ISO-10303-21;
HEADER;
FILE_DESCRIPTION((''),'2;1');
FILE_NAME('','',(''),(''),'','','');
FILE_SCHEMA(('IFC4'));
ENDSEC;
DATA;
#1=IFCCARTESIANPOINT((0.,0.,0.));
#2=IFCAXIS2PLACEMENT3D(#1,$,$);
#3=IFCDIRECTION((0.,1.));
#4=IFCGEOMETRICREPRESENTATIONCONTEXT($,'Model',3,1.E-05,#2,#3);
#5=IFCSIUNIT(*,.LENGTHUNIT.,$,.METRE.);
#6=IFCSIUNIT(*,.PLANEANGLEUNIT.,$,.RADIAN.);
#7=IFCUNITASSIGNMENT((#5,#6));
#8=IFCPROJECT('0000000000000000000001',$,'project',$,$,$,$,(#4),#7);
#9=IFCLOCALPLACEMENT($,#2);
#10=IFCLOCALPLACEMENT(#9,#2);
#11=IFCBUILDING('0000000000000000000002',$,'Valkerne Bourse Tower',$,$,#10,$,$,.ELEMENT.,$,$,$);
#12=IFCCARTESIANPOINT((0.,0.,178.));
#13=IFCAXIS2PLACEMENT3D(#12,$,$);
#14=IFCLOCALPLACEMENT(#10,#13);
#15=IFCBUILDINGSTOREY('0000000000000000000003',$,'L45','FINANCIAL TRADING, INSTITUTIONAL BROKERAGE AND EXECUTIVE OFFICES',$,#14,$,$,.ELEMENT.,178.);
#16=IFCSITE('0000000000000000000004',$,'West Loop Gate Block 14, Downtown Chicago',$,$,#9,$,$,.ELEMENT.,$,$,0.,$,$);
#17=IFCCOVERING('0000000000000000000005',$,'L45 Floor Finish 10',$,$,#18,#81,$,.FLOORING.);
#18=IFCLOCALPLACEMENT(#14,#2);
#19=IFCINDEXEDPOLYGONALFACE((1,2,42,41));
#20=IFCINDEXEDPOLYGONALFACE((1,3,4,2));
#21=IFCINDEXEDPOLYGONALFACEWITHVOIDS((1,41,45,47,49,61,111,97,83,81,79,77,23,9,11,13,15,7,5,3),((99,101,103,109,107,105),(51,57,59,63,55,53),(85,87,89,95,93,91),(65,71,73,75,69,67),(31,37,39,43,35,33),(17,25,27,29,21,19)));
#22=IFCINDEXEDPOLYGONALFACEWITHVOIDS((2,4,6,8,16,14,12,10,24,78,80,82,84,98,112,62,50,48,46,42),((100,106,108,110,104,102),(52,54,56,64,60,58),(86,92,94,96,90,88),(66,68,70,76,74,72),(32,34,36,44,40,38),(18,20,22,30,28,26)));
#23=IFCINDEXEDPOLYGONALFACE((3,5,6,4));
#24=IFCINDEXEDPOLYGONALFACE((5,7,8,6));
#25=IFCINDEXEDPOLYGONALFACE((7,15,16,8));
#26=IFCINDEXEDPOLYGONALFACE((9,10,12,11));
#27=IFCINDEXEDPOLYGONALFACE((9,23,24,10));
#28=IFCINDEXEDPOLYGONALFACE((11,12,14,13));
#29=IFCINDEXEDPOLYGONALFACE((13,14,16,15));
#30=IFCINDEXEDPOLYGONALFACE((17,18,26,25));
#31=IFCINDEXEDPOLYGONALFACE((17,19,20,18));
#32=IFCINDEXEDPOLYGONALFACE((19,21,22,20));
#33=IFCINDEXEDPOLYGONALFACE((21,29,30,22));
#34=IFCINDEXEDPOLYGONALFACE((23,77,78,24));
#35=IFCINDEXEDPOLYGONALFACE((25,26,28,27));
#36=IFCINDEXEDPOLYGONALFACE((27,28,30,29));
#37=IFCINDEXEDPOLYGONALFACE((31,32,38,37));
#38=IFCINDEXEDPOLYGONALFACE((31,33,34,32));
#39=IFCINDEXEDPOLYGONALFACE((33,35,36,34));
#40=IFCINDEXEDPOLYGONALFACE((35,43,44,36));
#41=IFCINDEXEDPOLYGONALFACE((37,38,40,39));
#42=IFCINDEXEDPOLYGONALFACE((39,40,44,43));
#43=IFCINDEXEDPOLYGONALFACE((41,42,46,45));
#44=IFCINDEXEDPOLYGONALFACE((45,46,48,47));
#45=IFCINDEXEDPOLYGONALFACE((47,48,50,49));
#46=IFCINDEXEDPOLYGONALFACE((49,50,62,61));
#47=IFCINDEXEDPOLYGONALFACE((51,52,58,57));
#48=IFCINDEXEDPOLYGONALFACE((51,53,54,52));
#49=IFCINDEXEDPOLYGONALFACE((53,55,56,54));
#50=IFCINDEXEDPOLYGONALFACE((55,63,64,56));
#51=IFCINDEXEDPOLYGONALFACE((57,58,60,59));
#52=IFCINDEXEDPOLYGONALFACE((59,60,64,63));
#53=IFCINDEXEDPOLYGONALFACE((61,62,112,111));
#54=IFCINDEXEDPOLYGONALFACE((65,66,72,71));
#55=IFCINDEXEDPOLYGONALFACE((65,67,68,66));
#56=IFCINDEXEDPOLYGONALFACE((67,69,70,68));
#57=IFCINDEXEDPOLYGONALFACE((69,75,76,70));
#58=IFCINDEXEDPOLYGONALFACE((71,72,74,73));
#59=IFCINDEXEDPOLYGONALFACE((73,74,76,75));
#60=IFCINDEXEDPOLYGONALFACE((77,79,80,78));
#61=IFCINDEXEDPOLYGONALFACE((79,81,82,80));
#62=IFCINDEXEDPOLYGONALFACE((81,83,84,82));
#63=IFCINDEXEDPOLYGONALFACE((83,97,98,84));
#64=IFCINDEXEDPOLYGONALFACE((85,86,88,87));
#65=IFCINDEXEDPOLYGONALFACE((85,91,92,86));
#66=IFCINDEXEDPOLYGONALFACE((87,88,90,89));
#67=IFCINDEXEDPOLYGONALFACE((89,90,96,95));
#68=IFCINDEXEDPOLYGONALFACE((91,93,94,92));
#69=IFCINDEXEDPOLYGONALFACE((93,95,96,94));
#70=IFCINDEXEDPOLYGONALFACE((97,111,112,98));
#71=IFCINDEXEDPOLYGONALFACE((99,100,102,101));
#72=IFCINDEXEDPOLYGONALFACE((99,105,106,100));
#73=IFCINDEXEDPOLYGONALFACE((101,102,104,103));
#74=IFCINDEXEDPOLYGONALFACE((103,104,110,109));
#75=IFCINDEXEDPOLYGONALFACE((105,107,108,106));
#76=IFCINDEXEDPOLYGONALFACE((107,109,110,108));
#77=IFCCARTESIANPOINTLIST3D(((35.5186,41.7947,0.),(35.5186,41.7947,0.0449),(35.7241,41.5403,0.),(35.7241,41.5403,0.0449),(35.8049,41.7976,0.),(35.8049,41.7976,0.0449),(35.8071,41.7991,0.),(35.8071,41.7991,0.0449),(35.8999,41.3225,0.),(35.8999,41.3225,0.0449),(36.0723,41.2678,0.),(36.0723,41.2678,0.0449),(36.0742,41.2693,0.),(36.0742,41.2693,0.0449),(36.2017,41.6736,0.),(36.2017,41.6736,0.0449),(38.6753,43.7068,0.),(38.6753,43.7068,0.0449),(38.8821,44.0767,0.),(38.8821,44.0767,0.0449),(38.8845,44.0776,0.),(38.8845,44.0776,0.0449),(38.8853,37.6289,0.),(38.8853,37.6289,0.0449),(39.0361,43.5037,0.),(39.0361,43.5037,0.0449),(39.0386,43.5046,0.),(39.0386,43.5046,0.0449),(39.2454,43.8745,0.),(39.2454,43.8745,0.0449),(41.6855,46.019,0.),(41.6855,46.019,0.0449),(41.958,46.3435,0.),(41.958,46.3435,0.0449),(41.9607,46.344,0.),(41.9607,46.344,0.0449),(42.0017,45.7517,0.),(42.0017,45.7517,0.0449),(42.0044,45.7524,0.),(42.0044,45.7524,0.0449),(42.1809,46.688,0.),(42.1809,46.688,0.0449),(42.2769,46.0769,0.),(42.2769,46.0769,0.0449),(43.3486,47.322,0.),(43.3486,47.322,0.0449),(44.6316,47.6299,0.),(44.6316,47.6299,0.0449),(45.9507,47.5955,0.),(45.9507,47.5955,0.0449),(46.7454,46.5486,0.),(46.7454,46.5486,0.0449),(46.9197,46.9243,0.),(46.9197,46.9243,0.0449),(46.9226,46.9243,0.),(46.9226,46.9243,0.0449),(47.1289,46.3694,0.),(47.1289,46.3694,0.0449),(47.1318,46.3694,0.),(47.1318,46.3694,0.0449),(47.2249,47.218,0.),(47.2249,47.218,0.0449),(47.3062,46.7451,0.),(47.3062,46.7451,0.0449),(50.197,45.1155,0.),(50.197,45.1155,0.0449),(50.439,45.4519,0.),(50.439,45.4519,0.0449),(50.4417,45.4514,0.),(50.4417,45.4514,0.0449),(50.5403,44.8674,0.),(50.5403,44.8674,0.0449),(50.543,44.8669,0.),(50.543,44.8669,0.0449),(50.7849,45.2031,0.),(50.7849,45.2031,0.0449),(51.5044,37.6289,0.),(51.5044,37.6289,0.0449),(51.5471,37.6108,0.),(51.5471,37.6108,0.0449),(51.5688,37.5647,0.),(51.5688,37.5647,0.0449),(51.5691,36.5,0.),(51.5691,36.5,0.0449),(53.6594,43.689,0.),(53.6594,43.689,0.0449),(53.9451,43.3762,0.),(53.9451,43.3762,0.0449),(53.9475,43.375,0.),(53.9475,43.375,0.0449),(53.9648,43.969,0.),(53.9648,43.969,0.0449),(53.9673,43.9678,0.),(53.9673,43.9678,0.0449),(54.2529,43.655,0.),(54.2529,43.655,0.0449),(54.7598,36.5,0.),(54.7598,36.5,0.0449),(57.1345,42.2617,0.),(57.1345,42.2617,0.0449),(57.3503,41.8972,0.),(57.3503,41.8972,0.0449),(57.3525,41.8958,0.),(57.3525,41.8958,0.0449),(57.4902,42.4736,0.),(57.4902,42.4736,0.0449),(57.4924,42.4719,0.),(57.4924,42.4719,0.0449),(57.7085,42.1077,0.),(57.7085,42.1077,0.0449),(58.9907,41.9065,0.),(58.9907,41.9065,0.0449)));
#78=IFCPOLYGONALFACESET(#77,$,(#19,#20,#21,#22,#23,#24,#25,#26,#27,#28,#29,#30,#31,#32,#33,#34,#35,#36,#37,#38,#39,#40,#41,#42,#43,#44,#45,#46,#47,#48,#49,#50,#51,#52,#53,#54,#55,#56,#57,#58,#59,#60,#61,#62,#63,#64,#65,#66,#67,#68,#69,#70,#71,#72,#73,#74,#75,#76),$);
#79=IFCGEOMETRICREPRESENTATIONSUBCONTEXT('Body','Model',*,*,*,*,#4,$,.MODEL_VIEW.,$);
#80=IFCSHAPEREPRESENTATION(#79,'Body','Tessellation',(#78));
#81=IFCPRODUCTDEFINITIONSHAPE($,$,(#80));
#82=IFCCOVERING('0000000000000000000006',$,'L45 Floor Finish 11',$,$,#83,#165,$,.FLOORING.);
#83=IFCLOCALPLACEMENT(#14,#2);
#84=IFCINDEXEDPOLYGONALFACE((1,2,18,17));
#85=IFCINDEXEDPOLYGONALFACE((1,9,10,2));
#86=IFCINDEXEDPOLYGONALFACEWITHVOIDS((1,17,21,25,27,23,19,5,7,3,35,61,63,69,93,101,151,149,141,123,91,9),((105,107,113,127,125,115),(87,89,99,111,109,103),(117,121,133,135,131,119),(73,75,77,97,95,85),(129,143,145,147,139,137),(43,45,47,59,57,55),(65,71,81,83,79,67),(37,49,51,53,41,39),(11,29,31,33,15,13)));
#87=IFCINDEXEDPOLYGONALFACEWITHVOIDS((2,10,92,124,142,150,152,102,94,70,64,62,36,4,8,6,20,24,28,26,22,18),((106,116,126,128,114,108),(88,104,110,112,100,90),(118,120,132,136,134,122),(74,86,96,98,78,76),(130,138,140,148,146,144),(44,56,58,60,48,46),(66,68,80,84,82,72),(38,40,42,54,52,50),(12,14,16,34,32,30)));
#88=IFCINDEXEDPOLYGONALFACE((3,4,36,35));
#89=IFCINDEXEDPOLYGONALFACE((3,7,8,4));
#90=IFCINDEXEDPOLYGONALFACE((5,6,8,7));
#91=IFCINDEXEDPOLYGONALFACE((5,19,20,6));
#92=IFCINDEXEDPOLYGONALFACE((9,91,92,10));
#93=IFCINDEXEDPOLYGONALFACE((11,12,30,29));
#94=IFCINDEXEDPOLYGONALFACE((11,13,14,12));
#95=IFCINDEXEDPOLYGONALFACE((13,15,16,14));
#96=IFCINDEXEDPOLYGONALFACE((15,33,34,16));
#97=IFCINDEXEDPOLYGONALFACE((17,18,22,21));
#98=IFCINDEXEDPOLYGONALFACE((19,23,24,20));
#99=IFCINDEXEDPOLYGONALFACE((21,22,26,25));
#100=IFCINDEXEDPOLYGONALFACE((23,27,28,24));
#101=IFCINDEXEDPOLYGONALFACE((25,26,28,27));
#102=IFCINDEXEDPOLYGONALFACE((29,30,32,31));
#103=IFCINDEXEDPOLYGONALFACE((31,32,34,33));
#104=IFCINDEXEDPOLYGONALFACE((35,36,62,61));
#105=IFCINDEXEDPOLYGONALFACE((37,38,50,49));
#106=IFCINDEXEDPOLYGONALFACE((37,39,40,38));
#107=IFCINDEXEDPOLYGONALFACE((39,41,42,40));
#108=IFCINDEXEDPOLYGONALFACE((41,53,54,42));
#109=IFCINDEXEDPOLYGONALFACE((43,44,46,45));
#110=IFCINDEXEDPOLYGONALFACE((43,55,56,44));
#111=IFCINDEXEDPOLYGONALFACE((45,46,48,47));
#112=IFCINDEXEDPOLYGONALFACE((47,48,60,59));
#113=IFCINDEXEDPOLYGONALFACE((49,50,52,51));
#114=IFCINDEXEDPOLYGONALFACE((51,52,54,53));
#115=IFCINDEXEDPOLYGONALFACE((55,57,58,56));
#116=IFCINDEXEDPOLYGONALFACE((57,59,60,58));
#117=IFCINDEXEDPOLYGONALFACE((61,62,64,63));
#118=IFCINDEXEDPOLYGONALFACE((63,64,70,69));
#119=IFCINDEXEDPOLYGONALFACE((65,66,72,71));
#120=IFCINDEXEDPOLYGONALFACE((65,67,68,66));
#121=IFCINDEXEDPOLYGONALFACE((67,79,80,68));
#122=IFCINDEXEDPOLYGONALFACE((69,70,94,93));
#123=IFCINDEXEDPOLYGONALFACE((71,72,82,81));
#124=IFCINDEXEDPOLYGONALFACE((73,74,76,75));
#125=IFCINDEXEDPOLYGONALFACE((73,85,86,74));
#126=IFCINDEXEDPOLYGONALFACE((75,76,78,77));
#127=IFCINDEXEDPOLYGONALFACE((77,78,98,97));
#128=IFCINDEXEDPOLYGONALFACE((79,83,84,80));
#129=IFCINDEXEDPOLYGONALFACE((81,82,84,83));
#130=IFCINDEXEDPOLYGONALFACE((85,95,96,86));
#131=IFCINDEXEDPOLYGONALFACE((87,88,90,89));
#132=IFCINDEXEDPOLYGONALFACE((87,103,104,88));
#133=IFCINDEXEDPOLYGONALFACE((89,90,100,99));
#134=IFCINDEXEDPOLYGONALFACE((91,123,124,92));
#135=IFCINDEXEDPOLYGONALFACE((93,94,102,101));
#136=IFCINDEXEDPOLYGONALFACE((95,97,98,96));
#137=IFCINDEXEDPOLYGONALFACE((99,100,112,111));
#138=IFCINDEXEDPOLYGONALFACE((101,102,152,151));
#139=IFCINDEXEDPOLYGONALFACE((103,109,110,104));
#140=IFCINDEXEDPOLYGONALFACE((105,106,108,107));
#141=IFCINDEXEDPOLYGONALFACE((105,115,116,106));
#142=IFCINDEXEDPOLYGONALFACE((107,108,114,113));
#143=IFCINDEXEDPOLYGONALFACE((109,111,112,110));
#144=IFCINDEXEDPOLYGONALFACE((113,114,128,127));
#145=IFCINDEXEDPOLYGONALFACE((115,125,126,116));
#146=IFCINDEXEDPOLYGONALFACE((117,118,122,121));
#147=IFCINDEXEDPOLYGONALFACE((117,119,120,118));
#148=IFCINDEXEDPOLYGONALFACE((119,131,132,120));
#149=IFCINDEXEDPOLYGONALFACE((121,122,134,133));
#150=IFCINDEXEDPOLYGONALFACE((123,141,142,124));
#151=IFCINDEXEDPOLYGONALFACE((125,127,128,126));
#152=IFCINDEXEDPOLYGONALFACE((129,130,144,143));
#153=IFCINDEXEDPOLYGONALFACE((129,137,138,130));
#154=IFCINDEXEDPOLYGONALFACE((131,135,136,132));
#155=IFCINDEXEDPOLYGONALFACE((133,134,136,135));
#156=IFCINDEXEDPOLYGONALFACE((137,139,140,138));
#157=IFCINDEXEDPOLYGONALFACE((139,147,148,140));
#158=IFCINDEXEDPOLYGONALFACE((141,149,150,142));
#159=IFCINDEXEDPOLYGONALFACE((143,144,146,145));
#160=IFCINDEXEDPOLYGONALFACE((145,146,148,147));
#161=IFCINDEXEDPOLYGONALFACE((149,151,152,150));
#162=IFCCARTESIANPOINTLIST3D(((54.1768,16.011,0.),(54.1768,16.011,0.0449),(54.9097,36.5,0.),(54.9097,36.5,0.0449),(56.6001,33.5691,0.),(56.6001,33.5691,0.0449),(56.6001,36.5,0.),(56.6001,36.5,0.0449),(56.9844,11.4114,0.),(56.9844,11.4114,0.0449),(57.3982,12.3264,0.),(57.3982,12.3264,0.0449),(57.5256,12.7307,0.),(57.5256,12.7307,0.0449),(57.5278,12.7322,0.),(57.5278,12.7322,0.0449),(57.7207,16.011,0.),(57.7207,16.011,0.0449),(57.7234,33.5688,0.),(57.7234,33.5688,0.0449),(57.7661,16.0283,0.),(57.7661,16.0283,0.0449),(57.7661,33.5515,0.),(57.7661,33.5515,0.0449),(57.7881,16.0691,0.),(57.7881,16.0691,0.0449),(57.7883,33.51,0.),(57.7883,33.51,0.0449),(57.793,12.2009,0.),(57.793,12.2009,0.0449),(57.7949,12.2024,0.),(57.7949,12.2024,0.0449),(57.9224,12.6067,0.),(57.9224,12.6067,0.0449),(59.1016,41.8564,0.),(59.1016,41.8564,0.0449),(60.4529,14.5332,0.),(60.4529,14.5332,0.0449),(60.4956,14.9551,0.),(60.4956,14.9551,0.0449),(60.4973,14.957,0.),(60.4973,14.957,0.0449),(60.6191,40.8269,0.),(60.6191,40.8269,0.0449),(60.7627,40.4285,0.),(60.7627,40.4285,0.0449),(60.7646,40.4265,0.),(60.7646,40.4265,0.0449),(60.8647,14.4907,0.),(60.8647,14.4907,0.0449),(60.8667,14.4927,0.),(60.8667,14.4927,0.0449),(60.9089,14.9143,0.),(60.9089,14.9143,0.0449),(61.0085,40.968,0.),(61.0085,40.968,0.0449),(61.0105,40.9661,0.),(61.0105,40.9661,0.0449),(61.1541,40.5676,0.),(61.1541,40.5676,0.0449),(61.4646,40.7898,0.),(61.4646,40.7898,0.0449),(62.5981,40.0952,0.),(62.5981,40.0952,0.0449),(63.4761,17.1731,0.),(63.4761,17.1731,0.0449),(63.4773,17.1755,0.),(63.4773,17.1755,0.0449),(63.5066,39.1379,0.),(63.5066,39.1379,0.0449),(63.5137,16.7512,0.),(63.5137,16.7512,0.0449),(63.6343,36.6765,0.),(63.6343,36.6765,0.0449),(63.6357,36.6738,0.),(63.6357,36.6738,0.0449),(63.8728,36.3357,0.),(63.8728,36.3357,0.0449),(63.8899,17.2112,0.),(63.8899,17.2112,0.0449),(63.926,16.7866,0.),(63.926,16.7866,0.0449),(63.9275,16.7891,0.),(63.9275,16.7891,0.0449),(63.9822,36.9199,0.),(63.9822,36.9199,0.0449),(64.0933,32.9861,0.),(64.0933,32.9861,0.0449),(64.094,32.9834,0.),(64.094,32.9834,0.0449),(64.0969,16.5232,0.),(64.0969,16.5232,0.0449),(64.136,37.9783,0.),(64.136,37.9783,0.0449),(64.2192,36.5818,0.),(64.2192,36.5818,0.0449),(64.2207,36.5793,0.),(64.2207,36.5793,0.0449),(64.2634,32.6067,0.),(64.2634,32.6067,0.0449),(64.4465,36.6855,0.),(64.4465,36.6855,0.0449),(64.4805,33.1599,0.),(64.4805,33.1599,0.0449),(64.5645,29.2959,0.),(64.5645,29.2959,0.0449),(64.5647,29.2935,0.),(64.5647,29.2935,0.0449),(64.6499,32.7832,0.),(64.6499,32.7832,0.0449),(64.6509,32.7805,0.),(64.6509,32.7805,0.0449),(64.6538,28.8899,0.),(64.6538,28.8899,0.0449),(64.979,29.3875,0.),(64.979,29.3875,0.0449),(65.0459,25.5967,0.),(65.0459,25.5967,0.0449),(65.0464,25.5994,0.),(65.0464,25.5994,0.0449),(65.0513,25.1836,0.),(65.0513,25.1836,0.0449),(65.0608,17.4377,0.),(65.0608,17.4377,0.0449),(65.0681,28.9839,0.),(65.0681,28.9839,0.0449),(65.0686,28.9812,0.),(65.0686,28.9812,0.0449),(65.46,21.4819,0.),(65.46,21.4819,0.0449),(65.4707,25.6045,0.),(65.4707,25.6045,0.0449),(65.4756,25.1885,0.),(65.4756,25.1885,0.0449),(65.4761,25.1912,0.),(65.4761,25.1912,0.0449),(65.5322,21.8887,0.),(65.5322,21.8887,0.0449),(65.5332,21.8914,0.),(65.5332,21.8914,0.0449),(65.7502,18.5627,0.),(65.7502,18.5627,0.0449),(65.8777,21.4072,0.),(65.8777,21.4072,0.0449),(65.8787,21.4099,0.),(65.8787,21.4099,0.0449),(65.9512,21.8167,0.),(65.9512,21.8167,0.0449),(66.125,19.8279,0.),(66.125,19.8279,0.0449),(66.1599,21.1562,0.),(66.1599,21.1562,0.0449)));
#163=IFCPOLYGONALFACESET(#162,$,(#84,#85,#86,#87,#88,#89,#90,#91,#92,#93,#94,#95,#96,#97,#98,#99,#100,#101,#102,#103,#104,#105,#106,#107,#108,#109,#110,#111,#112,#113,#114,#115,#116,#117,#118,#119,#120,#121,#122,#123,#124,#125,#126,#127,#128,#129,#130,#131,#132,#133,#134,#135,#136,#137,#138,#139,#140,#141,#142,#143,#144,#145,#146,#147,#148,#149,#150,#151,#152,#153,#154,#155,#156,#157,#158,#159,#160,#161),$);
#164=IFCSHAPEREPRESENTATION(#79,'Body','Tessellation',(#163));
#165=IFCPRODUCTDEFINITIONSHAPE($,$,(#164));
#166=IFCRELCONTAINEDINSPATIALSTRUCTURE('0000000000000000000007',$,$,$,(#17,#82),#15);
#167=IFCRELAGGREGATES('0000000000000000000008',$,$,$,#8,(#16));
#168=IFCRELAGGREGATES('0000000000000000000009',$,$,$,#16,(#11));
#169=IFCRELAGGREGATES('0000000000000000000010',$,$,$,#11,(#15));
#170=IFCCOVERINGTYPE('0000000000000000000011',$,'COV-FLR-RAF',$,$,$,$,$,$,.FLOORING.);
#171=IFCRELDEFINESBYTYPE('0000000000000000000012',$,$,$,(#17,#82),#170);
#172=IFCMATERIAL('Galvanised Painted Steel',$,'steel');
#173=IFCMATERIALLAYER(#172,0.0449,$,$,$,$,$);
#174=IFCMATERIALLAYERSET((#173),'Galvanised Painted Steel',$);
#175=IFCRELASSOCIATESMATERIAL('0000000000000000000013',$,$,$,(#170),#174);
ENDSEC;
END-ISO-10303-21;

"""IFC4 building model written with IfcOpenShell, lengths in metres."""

from ifc_helpers import new_model, si_unit, direction, frame, origin, place, context, subcontext, project, spatial, polyline, outline, extrude, material, layer, layer_set, type_object, element, save


model = new_model("IFC4")

# Units and contexts
model_context = context("Model", 3, precision=1e-05, world=origin(), true_north=direction((0.0, 1.0)))
body_context = subcontext(model_context, "Body", "Model", "MODEL_VIEW")
ifc_project = project(units=[si_unit("LENGTHUNIT", "METRE"), si_unit("PLANEANGLEUNIT", "RADIAN")], contexts=[model_context])

# Site, building, storey
site_placement = place(None, origin())
site = spatial("IfcSite", under=ifc_project, at=site_placement, Name="West Loop Gate Block 14, Downtown Chicago", CompositionType="ELEMENT", RefElevation=0.0)
building_placement = place(site_placement, origin())
building = spatial("IfcBuilding", under=site, at=building_placement, Name="Valkerne Bourse Tower", CompositionType="ELEMENT")
storey_placement = place(building_placement, frame((0.0, 0.0, 178.0)))
storey = spatial("IfcBuildingStorey", under=building, at=storey_placement, Name="L45", Description="FINANCIAL TRADING, INSTITUTIONAL BROKERAGE AND EXECUTIVE OFFICES", CompositionType="ELEMENT", Elevation=178.0)

# Coverings
ifc_material_1 = material(Name="Galvanised Painted Steel", Category="steel")
ifc_layer_1 = layer(ifc_material_1, 0.0449)
ifc_layer_set_1 = layer_set([ifc_layer_1], Name="Galvanised Painted Steel")
covering_type_1 = type_object("IfcCoveringType", Name="COV-FLR-RAF", PredefinedType="FLOORING", material=ifc_layer_set_1)
covering_1_placement = place(storey_placement, origin())
element("IfcCovering", 1, at=covering_1_placement, inside=storey, type_object=covering_type_1, Name="L45 Floor Finish 10", PredefinedType="FLOORING", context=body_context, shape_type="SweptSolid", body=[
    extrude(outline(polyline([(44.6316, 47.6299), (45.9507, 47.5955), (47.2249, 47.218), (58.9907, 41.9065), (54.7598, 36.5), (51.5691, 36.5), (51.5688, 37.5647), (51.5471, 37.6108), (51.5044, 37.6289), (38.8853, 37.6289), (35.8999, 41.3225), (36.0723, 41.2678), (36.0742, 41.2693), (36.2017, 41.6736), (35.8071, 41.7991), (35.8049, 41.7976), (35.7241, 41.5403), (35.5186, 41.7947), (42.1809, 46.688), (43.3486, 47.322), (44.6316, 47.6299)]), holes=[polyline([(54.2529, 43.655), (53.9673, 43.9678), (53.9648, 43.969), (53.6594, 43.689), (53.9451, 43.3762), (53.9475, 43.375), (54.2529, 43.655)]), polyline([(39.0386, 43.5046), (39.2454, 43.8745), (38.8845, 44.0776), (38.8821, 44.0767), (38.6753, 43.7068), (39.0361, 43.5037), (39.0386, 43.5046)]), polyline([(50.4417, 45.4514), (50.439, 45.4519), (50.197, 45.1155), (50.5403, 44.8674), (50.543, 44.8669), (50.7849, 45.2031), (50.4417, 45.4514)]), polyline([(42.2769, 46.0769), (41.9607, 46.344), (41.958, 46.3435), (41.6855, 46.019), (42.0017, 45.7517), (42.0044, 45.7524), (42.2769, 46.0769)]), polyline([(46.9226, 46.9243), (46.9197, 46.9243), (46.7454, 46.5486), (47.1289, 46.3694), (47.1318, 46.3694), (47.3062, 46.7451), (46.9226, 46.9243)]), polyline([(57.7085, 42.1077), (57.4924, 42.4719), (57.4902, 42.4736), (57.1345, 42.2617), (57.3503, 41.8972), (57.3525, 41.8958), (57.7085, 42.1077)])]), origin(), (0.0, 0.0, 1.0), 0.0449),
])
covering_2_placement = place(storey_placement, origin())
element("IfcCovering", 2, at=covering_2_placement, inside=storey, type_object=covering_type_1, Name="L45 Floor Finish 11", PredefinedType="FLOORING", context=body_context, shape_type="SweptSolid", body=[
    extrude(outline(polyline([(65.0608, 17.4377), (64.0969, 16.5232), (56.9844, 11.4114), (54.1768, 16.011), (57.7207, 16.011), (57.7661, 16.0283), (57.7881, 16.0691), (57.7883, 33.51), (57.7661, 33.5515), (57.7234, 33.5688), (56.6001, 33.5691), (56.6001, 36.5), (54.9097, 36.5), (59.1016, 41.8564), (61.4646, 40.7898), (62.5981, 40.0952), (63.5066, 39.1379), (64.136, 37.9783), (64.4465, 36.6855), (66.1599, 21.1562), (66.125, 19.8279), (65.7502, 18.5627), (65.0608, 17.4377)]), holes=[polyline([(57.7949, 12.2024), (57.9224, 12.6067), (57.5278, 12.7322), (57.5256, 12.7307), (57.3982, 12.3264), (57.793, 12.2009), (57.7949, 12.2024)]), polyline([(60.8667, 14.4927), (60.9089, 14.9143), (60.4973, 14.957), (60.4956, 14.9551), (60.4529, 14.5332), (60.8647, 14.4907), (60.8667, 14.4927)]), polyline([(63.9275, 16.7891), (63.8899, 17.2112), (63.4773, 17.1755), (63.4761, 17.1731), (63.5137, 16.7512), (63.926, 16.7866), (63.9275, 16.7891)]), polyline([(65.9512, 21.8167), (65.5332, 21.8914), (65.5322, 21.8887), (65.46, 21.4819), (65.8777, 21.4072), (65.8787, 21.4099), (65.9512, 21.8167)]), polyline([(65.4756, 25.1885), (65.4761, 25.1912), (65.4707, 25.6045), (65.0464, 25.5994), (65.0459, 25.5967), (65.0513, 25.1836), (65.4756, 25.1885)]), polyline([(65.0686, 28.9812), (65.0681, 28.9839), (64.979, 29.3875), (64.5645, 29.2959), (64.5647, 29.2935), (64.6538, 28.8899), (65.0686, 28.9812)]), polyline([(64.6509, 32.7805), (64.6499, 32.7832), (64.4805, 33.1599), (64.0933, 32.9861), (64.094, 32.9834), (64.2634, 32.6067), (64.6509, 32.7805)]), polyline([(64.2207, 36.5793), (64.2192, 36.5818), (63.9822, 36.9199), (63.6343, 36.6765), (63.6357, 36.6738), (63.8728, 36.3357), (64.2207, 36.5793)]), polyline([(61.0105, 40.9661), (61.0085, 40.968), (60.6191, 40.8269), (60.7627, 40.4285), (60.7646, 40.4265), (61.1541, 40.5676), (61.0105, 40.9661)])]), origin(), (0.0, 0.0, 1.0), 0.0449),
])

save(model, "model.ifc")
